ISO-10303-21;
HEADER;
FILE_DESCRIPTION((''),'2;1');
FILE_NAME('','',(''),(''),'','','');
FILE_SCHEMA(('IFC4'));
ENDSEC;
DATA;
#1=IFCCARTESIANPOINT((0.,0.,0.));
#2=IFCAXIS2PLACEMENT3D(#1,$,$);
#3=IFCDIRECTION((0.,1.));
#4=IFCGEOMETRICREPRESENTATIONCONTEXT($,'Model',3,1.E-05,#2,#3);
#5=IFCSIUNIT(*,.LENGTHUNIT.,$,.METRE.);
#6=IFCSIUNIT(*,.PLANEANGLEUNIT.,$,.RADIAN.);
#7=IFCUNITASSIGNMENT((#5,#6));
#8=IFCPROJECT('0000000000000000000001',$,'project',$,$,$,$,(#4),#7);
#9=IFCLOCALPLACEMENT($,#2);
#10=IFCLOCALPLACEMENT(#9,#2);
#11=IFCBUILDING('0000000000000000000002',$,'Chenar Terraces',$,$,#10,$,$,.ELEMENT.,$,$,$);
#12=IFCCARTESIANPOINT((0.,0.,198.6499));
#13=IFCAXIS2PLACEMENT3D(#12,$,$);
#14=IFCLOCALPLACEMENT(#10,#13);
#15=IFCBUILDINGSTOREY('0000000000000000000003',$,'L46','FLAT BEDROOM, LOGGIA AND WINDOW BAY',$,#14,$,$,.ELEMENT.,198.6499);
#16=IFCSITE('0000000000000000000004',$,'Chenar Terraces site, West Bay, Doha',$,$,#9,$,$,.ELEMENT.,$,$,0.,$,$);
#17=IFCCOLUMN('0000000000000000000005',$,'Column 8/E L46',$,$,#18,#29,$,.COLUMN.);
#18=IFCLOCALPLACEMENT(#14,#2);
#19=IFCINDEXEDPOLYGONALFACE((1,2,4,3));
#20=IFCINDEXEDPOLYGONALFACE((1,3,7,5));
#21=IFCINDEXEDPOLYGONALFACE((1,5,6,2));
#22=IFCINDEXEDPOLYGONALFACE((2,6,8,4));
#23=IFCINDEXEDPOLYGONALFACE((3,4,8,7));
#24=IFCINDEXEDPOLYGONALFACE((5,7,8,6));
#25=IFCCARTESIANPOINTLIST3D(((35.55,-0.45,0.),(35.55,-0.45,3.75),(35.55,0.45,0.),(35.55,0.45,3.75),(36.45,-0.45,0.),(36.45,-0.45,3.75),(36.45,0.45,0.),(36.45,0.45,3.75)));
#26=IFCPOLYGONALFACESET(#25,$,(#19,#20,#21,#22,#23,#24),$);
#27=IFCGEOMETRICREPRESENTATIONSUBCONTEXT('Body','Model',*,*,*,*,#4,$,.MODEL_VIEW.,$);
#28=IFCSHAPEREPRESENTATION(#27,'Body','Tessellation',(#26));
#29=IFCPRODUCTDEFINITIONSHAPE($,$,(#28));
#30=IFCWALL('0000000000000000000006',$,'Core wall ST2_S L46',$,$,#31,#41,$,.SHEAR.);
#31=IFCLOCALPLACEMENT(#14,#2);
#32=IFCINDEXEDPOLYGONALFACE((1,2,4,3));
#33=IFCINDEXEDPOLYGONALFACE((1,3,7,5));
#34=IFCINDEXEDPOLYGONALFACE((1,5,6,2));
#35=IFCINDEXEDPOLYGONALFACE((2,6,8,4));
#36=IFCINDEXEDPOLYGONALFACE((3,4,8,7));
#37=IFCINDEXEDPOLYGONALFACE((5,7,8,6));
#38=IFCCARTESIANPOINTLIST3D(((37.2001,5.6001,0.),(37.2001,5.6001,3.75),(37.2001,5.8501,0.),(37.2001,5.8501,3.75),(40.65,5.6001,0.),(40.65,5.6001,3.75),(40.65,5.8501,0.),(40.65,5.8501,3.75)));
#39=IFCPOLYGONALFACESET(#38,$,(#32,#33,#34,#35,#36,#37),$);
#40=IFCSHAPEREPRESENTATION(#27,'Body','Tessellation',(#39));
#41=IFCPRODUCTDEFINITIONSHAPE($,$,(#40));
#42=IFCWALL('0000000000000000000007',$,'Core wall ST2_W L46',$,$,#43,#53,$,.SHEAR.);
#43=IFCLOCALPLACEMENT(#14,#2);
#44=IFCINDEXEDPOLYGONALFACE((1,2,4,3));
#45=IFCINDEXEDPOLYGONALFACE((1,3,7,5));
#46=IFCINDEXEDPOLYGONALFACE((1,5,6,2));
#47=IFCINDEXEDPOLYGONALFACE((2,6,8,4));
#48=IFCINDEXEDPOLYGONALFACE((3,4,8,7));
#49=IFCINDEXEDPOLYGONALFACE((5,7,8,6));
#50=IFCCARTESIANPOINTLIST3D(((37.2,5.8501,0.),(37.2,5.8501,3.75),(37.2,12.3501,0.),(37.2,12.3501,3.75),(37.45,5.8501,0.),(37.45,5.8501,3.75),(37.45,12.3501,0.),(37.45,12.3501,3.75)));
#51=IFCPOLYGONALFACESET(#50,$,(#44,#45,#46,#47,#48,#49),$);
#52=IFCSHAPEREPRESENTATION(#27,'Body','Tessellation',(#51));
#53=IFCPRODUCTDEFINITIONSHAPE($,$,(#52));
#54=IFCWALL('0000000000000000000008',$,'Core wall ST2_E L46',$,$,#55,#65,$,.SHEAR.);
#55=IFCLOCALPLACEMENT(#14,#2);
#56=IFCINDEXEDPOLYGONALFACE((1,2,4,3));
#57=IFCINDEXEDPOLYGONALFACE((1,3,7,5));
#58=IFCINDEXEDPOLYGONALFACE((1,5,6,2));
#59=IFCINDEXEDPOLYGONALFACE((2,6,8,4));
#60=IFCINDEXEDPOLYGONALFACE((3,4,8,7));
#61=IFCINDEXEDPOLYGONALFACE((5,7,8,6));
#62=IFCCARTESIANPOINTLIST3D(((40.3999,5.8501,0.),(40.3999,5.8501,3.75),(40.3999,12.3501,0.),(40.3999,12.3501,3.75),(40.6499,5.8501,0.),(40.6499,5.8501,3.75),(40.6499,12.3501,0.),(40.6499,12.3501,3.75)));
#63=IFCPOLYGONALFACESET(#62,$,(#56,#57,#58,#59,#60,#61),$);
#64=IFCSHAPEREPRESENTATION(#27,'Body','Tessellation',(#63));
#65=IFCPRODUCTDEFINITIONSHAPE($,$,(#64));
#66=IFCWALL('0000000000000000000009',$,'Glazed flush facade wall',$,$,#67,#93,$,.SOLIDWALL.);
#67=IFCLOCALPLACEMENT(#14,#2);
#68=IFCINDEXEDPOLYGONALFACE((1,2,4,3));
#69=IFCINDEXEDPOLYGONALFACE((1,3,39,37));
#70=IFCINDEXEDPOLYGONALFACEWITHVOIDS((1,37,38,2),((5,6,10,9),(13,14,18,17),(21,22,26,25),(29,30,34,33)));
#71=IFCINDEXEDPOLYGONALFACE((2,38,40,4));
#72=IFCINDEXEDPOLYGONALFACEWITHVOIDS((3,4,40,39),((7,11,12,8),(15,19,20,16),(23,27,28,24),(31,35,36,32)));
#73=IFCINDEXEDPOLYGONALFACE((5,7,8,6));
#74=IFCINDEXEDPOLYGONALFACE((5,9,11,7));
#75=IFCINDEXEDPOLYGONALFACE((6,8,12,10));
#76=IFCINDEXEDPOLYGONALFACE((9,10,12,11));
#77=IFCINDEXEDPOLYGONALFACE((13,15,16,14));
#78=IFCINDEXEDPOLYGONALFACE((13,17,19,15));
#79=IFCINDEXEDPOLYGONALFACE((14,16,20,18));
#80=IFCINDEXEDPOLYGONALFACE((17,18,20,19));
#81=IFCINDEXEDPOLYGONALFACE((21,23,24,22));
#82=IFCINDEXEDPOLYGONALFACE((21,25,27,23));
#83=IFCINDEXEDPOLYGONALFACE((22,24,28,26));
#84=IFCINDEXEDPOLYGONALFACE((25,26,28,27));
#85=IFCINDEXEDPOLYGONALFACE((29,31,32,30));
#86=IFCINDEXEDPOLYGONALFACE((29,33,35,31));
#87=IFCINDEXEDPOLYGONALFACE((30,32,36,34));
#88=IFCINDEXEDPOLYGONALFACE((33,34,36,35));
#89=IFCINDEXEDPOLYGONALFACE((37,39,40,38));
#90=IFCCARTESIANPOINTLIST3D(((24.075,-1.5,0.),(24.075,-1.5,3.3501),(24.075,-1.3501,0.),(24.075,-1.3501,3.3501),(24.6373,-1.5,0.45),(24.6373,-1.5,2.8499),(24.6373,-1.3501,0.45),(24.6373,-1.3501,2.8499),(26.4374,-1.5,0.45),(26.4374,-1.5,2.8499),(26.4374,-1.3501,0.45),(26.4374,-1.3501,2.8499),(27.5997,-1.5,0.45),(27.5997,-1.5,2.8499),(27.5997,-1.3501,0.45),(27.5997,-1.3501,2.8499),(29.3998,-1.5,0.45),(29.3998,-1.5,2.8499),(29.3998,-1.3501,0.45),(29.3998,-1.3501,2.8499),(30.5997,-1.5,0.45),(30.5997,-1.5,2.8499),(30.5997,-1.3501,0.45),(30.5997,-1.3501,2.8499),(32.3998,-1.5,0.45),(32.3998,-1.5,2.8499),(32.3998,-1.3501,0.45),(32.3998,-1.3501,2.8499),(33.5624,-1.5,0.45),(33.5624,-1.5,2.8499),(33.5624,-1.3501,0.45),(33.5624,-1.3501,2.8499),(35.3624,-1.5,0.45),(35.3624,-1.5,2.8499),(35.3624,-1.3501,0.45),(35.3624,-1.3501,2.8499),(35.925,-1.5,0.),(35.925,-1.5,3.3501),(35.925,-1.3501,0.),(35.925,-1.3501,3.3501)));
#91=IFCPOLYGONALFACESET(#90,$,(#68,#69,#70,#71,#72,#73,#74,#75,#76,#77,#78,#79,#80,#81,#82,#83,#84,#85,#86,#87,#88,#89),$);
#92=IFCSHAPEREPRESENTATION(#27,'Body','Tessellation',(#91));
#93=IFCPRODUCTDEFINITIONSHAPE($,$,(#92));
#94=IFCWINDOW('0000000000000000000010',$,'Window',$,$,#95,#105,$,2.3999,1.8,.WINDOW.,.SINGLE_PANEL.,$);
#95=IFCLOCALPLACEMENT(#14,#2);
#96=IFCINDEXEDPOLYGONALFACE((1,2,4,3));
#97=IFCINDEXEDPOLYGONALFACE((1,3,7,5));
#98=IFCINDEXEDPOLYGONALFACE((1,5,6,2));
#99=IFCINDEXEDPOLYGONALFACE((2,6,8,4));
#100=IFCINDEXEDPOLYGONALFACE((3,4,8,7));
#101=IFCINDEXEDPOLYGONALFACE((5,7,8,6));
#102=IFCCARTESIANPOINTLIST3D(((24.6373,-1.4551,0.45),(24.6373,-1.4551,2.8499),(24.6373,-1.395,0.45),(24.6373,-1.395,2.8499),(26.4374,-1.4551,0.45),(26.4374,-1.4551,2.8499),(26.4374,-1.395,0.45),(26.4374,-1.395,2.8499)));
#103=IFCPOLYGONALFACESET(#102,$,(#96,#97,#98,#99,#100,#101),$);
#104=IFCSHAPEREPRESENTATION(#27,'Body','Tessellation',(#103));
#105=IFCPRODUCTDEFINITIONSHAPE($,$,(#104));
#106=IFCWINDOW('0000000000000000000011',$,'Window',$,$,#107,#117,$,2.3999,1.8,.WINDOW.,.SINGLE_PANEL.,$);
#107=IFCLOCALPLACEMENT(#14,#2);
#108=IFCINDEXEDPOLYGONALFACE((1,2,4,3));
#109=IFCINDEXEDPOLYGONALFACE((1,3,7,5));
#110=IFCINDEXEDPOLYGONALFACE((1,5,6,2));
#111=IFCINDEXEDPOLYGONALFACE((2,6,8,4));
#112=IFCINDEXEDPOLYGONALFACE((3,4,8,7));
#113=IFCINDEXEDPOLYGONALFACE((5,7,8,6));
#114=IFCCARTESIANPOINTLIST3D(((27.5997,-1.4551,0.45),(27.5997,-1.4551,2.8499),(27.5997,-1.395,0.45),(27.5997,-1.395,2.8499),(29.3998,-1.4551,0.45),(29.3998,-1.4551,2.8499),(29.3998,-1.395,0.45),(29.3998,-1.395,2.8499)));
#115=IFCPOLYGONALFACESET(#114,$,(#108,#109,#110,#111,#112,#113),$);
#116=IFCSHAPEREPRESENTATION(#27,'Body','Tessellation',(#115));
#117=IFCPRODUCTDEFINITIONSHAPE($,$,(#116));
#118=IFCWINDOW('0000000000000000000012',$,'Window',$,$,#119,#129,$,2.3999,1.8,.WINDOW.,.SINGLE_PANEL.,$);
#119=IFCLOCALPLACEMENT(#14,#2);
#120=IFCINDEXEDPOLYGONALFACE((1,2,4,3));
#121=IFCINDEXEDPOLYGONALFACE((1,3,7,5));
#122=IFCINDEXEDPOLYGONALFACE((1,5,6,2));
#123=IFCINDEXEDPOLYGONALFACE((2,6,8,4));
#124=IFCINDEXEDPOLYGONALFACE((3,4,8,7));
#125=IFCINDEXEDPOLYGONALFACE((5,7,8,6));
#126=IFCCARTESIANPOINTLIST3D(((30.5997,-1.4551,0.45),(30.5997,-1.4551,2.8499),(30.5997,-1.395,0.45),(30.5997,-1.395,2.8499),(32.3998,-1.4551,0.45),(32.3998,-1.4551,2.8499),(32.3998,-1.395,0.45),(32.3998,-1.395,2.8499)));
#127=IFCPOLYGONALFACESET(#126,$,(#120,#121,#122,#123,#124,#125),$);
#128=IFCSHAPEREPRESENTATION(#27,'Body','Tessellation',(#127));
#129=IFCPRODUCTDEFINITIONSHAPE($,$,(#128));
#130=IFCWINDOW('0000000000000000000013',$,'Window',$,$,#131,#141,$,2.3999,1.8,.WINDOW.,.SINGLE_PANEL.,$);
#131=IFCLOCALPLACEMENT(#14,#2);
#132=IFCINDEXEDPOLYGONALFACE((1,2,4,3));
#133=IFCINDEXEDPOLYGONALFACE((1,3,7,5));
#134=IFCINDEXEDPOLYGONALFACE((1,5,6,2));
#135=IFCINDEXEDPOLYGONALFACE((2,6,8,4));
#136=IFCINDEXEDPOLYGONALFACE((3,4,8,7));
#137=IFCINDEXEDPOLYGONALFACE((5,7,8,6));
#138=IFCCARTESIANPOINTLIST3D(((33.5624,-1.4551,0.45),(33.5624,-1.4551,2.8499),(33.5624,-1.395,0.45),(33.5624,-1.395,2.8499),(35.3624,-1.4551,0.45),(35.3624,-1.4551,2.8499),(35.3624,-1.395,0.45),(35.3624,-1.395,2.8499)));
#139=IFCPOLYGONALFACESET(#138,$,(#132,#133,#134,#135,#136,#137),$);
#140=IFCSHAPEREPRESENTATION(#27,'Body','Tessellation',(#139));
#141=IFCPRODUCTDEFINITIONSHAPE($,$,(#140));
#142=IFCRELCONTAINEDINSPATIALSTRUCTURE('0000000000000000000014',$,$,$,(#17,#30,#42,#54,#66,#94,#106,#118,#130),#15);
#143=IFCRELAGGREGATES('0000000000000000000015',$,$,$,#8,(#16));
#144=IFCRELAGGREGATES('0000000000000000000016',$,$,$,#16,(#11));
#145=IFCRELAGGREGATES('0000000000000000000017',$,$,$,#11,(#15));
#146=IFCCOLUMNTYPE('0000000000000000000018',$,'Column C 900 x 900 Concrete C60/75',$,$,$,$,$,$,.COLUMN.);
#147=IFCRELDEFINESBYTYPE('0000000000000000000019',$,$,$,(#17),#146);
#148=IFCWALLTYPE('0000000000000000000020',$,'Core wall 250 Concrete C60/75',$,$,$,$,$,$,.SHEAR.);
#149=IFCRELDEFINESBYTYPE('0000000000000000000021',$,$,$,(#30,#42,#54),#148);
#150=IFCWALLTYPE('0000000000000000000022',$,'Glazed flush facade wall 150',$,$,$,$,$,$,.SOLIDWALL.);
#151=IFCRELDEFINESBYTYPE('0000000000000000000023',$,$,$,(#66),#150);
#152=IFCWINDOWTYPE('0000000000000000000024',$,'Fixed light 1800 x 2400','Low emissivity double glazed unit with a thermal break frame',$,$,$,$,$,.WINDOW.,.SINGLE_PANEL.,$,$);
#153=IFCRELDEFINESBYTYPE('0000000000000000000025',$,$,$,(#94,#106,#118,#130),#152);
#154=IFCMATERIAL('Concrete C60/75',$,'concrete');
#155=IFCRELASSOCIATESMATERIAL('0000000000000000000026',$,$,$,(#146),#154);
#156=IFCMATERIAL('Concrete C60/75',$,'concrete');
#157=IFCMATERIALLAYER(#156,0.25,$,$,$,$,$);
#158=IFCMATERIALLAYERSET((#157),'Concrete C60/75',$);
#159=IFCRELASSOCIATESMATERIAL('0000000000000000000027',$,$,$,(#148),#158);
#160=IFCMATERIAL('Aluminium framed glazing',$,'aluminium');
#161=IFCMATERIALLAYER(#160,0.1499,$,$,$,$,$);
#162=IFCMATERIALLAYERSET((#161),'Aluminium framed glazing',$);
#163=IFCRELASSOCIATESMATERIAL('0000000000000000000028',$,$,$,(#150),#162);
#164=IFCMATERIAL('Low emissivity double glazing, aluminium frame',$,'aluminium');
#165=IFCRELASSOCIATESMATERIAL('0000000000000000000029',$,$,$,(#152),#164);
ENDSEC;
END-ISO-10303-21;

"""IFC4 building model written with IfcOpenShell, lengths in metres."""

from ifc_helpers import new_model, si_unit, direction, frame, frame_2d, origin, origin_2d, place, context, subcontext, project, spatial, rectangle, extrude, material, layer, layer_set, material_profile, profile_set, type_object, element, fill, save


model = new_model("IFC4")

# Units and contexts
model_context = context("Model", 3, precision=1e-05, world=origin(), true_north=direction((0.0, 1.0)))
body_context = subcontext(model_context, "Body", "Model", "MODEL_VIEW")
ifc_project = project(units=[si_unit("LENGTHUNIT", "METRE"), si_unit("PLANEANGLEUNIT", "RADIAN")], contexts=[model_context])

# Site, building, storey
site_placement = place(None, origin())
site = spatial("IfcSite", under=ifc_project, at=site_placement, Name="Chenar Terraces site, West Bay, Doha", CompositionType="ELEMENT", RefElevation=0.0)
building_placement = place(site_placement, origin())
building = spatial("IfcBuilding", under=site, at=building_placement, Name="Chenar Terraces", CompositionType="ELEMENT")
storey_placement = place(building_placement, frame((0.0, 0.0, 198.6499)))
storey = spatial("IfcBuildingStorey", under=building, at=storey_placement, Name="L46", Description="FLAT BEDROOM, LOGGIA AND WINDOW BAY", CompositionType="ELEMENT", Elevation=198.6499)

# Column
ifc_material_1 = material(Name="Concrete C60/75", Category="concrete")
ifc_material_profile = material_profile(ifc_material_1, rectangle(XDim=0.8999, YDim=0.8999, at=origin_2d()), Name="C 900 x 900")
ifc_profile_set = profile_set([ifc_material_profile], Name="Concrete C60/75")
column_type = type_object("IfcColumnType", Name="Column C 900 x 900 Concrete C60/75", PredefinedType="COLUMN", material=ifc_profile_set)
column_placement = place(storey_placement, frame((36.0, 0.0, 0.0), z_axis=(0.0, 0.0, 1.0), x_axis=(1.0, 0.0, 0.0)))
element("IfcColumn", 1, at=column_placement, inside=storey, type_object=column_type, Name="Column 8/E L46", PredefinedType="COLUMN", context=body_context, shape_type="SweptSolid", body=[
    extrude(rectangle(XDim=0.8999, YDim=0.8999, at=origin_2d()), origin(), (0.0, 0.0, 1.0), 3.75),
])

# Walls
ifc_material_2 = material(Name="Concrete C60/75", Category="concrete")
ifc_layer_1 = layer(ifc_material_2, 0.25)
ifc_layer_set_1 = layer_set([ifc_layer_1], Name="Concrete C60/75")
wall_type_1 = type_object("IfcWallType", Name="Core wall 250 Concrete C60/75", PredefinedType="SHEAR", material=ifc_layer_set_1)
wall_1_placement = place(storey_placement, frame((37.2, 5.7251, 0.0), z_axis=(0.0, 0.0, 1.0), x_axis=(1.0, 0.0, 0.0)))
element("IfcWall", 2, at=wall_1_placement, inside=storey, type_object=wall_type_1, Name="Core wall ST2_S L46", PredefinedType="SHEAR", context=body_context, shape_type="SweptSolid", body=[
    extrude(rectangle(XDim=3.45, YDim=0.25, at=frame_2d((1.7251, 0.0))), origin(), (0.0, 0.0, 1.0), 3.75),
])
for number, where, z_axis, x_axis, name in (
    (3, (37.325, 5.8501, 0.0), (0.0, 0.0, 1.0), (0.0, 1.0, 0.0), "Core wall ST2_W L46"),
    (4, (40.5249, 5.8501, 0.0), (0.0, 0.0, 1.0), (0.0, 1.0, 0.0), "Core wall ST2_E L46"),
):
    element("IfcWall", number, at=place(storey_placement, frame(where, z_axis=z_axis, x_axis=x_axis)), inside=storey, type_object=wall_type_1, Name=name, PredefinedType="SHEAR", context=body_context, shape_type="SweptSolid", body=[
        extrude(rectangle(XDim=6.5, YDim=0.25, at=frame_2d((3.25, 0.0))), origin(), (0.0, 0.0, 1.0), 3.75),
    ])

# Wall, openings, windows
ifc_material_3 = material(Name="Aluminium framed glazing", Category="aluminium")
ifc_layer_2 = layer(ifc_material_3, 0.1499)
ifc_layer_set_2 = layer_set([ifc_layer_2], Name="Aluminium framed glazing")
wall_type_2 = type_object("IfcWallType", Name="Glazed flush facade wall 150", PredefinedType="SOLIDWALL", material=ifc_layer_set_2)
wall_2_placement = place(storey_placement, frame((24.075, -1.425, 0.0), z_axis=(0.0, 0.0, 1.0), x_axis=(1.0, 0.0, 0.0)))
wall_2 = element("IfcWall", 5, at=wall_2_placement, inside=storey, type_object=wall_type_2, Name="Glazed flush facade wall", PredefinedType="SOLIDWALL", context=body_context, shape_type="SweptSolid", body=[
    extrude(rectangle(XDim=11.8501, YDim=0.1499, at=frame_2d((5.925, 0.0))), origin(), (0.0, 0.0, 1.0), 3.3501),
])
opening_1_placement = place(wall_2_placement, frame((0.5625, 0.0, 0.45)))
opening_1 = element("IfcOpeningElement", 6, at=opening_1_placement, cuts=wall_2, PredefinedType="OPENING", context=body_context, shape_type="SweptSolid", body=[
    extrude(rectangle(XDim=1.8, YDim=2.3999, at=frame_2d((0.8999, 1.2))), frame((0.0, 0.085, 0.0), z_axis=(0.0, -1.0, 0.0), x_axis=(1.0, 0.0, 0.0)), (0.0, 0.0, 1.0), 0.1699),
])
opening_2_placement = place(wall_2_placement, frame((3.5249, 0.0, 0.45)))
opening_2 = element("IfcOpeningElement", 7, at=opening_2_placement, cuts=wall_2, PredefinedType="OPENING", context=body_context, shape_type="SweptSolid", body=[
    extrude(rectangle(XDim=1.8, YDim=2.3999, at=frame_2d((0.8999, 1.2))), frame((0.0, 0.085, 0.0), z_axis=(0.0, -1.0, 0.0), x_axis=(1.0, 0.0, 0.0)), (0.0, 0.0, 1.0), 0.1699),
])
opening_3_placement = place(wall_2_placement, frame((6.5249, 0.0, 0.45)))
opening_3 = element("IfcOpeningElement", 8, at=opening_3_placement, cuts=wall_2, PredefinedType="OPENING", context=body_context, shape_type="SweptSolid", body=[
    extrude(rectangle(XDim=1.8, YDim=2.3999, at=frame_2d((0.8999, 1.2))), frame((0.0, 0.085, 0.0), z_axis=(0.0, -1.0, 0.0), x_axis=(1.0, 0.0, 0.0)), (0.0, 0.0, 1.0), 0.1699),
])
opening_4_placement = place(wall_2_placement, frame((9.4875, 0.0, 0.45)))
opening_4 = element("IfcOpeningElement", 9, at=opening_4_placement, cuts=wall_2, PredefinedType="OPENING", context=body_context, shape_type="SweptSolid", body=[
    extrude(rectangle(XDim=1.8, YDim=2.3999, at=frame_2d((0.8999, 1.2))), frame((0.0, 0.085, 0.0), z_axis=(0.0, -1.0, 0.0), x_axis=(1.0, 0.0, 0.0)), (0.0, 0.0, 1.0), 0.1699),
])
ifc_material_4 = material(Name="Low emissivity double glazing, aluminium frame", Category="aluminium")
window_type_1 = type_object("IfcWindowType", Name="Fixed light 1800 x 2400", Description="Low emissivity double glazed unit with a thermal break frame", PartitioningType="SINGLE_PANEL", PredefinedType="WINDOW", material=ifc_material_4)
window_1_placement = place(opening_1_placement, origin())
window_1 = element("IfcWindow", 10, at=window_1_placement, inside=storey, type_object=window_type_1, Name="Window", OverallHeight=2.3999, OverallWidth=1.8, PartitioningType="SINGLE_PANEL", PredefinedType="WINDOW", context=body_context, shape_type="SweptSolid", body=[
    extrude(rectangle(XDim=1.8, YDim=2.3999, at=frame_2d((0.8999, 1.2))), frame((0.0, 0.03, 0.0), z_axis=(0.0, -1.0, 0.0), x_axis=(1.0, 0.0, 0.0)), (0.0, 0.0, 1.0), 0.0601),
])
fill(opening_1, window_1)
window_2_placement = place(opening_2_placement, origin())
window_2 = element("IfcWindow", 11, at=window_2_placement, inside=storey, type_object=window_type_1, Name="Window", OverallHeight=2.3999, OverallWidth=1.8, PartitioningType="SINGLE_PANEL", PredefinedType="WINDOW", context=body_context, shape_type="SweptSolid", body=[
    extrude(rectangle(XDim=1.8, YDim=2.3999, at=frame_2d((0.8999, 1.2))), frame((0.0, 0.03, 0.0), z_axis=(0.0, -1.0, 0.0), x_axis=(1.0, 0.0, 0.0)), (0.0, 0.0, 1.0), 0.0601),
])
fill(opening_2, window_2)
window_3_placement = place(opening_3_placement, origin())
window_3 = element("IfcWindow", 12, at=window_3_placement, inside=storey, type_object=window_type_1, Name="Window", OverallHeight=2.3999, OverallWidth=1.8, PartitioningType="SINGLE_PANEL", PredefinedType="WINDOW", context=body_context, shape_type="SweptSolid", body=[
    extrude(rectangle(XDim=1.8, YDim=2.3999, at=frame_2d((0.8999, 1.2))), frame((0.0, 0.03, 0.0), z_axis=(0.0, -1.0, 0.0), x_axis=(1.0, 0.0, 0.0)), (0.0, 0.0, 1.0), 0.0601),
])
fill(opening_3, window_3)
window_4_placement = place(opening_4_placement, origin())
window_4 = element("IfcWindow", 13, at=window_4_placement, inside=storey, type_object=window_type_1, Name="Window", OverallHeight=2.3999, OverallWidth=1.8, PartitioningType="SINGLE_PANEL", PredefinedType="WINDOW", context=body_context, shape_type="SweptSolid", body=[
    extrude(rectangle(XDim=1.8, YDim=2.3999, at=frame_2d((0.8999, 1.2))), frame((0.0, 0.03, 0.0), z_axis=(0.0, -1.0, 0.0), x_axis=(1.0, 0.0, 0.0)), (0.0, 0.0, 1.0), 0.0601),
])
fill(opening_4, window_4)

save(model, "model.ifc")
